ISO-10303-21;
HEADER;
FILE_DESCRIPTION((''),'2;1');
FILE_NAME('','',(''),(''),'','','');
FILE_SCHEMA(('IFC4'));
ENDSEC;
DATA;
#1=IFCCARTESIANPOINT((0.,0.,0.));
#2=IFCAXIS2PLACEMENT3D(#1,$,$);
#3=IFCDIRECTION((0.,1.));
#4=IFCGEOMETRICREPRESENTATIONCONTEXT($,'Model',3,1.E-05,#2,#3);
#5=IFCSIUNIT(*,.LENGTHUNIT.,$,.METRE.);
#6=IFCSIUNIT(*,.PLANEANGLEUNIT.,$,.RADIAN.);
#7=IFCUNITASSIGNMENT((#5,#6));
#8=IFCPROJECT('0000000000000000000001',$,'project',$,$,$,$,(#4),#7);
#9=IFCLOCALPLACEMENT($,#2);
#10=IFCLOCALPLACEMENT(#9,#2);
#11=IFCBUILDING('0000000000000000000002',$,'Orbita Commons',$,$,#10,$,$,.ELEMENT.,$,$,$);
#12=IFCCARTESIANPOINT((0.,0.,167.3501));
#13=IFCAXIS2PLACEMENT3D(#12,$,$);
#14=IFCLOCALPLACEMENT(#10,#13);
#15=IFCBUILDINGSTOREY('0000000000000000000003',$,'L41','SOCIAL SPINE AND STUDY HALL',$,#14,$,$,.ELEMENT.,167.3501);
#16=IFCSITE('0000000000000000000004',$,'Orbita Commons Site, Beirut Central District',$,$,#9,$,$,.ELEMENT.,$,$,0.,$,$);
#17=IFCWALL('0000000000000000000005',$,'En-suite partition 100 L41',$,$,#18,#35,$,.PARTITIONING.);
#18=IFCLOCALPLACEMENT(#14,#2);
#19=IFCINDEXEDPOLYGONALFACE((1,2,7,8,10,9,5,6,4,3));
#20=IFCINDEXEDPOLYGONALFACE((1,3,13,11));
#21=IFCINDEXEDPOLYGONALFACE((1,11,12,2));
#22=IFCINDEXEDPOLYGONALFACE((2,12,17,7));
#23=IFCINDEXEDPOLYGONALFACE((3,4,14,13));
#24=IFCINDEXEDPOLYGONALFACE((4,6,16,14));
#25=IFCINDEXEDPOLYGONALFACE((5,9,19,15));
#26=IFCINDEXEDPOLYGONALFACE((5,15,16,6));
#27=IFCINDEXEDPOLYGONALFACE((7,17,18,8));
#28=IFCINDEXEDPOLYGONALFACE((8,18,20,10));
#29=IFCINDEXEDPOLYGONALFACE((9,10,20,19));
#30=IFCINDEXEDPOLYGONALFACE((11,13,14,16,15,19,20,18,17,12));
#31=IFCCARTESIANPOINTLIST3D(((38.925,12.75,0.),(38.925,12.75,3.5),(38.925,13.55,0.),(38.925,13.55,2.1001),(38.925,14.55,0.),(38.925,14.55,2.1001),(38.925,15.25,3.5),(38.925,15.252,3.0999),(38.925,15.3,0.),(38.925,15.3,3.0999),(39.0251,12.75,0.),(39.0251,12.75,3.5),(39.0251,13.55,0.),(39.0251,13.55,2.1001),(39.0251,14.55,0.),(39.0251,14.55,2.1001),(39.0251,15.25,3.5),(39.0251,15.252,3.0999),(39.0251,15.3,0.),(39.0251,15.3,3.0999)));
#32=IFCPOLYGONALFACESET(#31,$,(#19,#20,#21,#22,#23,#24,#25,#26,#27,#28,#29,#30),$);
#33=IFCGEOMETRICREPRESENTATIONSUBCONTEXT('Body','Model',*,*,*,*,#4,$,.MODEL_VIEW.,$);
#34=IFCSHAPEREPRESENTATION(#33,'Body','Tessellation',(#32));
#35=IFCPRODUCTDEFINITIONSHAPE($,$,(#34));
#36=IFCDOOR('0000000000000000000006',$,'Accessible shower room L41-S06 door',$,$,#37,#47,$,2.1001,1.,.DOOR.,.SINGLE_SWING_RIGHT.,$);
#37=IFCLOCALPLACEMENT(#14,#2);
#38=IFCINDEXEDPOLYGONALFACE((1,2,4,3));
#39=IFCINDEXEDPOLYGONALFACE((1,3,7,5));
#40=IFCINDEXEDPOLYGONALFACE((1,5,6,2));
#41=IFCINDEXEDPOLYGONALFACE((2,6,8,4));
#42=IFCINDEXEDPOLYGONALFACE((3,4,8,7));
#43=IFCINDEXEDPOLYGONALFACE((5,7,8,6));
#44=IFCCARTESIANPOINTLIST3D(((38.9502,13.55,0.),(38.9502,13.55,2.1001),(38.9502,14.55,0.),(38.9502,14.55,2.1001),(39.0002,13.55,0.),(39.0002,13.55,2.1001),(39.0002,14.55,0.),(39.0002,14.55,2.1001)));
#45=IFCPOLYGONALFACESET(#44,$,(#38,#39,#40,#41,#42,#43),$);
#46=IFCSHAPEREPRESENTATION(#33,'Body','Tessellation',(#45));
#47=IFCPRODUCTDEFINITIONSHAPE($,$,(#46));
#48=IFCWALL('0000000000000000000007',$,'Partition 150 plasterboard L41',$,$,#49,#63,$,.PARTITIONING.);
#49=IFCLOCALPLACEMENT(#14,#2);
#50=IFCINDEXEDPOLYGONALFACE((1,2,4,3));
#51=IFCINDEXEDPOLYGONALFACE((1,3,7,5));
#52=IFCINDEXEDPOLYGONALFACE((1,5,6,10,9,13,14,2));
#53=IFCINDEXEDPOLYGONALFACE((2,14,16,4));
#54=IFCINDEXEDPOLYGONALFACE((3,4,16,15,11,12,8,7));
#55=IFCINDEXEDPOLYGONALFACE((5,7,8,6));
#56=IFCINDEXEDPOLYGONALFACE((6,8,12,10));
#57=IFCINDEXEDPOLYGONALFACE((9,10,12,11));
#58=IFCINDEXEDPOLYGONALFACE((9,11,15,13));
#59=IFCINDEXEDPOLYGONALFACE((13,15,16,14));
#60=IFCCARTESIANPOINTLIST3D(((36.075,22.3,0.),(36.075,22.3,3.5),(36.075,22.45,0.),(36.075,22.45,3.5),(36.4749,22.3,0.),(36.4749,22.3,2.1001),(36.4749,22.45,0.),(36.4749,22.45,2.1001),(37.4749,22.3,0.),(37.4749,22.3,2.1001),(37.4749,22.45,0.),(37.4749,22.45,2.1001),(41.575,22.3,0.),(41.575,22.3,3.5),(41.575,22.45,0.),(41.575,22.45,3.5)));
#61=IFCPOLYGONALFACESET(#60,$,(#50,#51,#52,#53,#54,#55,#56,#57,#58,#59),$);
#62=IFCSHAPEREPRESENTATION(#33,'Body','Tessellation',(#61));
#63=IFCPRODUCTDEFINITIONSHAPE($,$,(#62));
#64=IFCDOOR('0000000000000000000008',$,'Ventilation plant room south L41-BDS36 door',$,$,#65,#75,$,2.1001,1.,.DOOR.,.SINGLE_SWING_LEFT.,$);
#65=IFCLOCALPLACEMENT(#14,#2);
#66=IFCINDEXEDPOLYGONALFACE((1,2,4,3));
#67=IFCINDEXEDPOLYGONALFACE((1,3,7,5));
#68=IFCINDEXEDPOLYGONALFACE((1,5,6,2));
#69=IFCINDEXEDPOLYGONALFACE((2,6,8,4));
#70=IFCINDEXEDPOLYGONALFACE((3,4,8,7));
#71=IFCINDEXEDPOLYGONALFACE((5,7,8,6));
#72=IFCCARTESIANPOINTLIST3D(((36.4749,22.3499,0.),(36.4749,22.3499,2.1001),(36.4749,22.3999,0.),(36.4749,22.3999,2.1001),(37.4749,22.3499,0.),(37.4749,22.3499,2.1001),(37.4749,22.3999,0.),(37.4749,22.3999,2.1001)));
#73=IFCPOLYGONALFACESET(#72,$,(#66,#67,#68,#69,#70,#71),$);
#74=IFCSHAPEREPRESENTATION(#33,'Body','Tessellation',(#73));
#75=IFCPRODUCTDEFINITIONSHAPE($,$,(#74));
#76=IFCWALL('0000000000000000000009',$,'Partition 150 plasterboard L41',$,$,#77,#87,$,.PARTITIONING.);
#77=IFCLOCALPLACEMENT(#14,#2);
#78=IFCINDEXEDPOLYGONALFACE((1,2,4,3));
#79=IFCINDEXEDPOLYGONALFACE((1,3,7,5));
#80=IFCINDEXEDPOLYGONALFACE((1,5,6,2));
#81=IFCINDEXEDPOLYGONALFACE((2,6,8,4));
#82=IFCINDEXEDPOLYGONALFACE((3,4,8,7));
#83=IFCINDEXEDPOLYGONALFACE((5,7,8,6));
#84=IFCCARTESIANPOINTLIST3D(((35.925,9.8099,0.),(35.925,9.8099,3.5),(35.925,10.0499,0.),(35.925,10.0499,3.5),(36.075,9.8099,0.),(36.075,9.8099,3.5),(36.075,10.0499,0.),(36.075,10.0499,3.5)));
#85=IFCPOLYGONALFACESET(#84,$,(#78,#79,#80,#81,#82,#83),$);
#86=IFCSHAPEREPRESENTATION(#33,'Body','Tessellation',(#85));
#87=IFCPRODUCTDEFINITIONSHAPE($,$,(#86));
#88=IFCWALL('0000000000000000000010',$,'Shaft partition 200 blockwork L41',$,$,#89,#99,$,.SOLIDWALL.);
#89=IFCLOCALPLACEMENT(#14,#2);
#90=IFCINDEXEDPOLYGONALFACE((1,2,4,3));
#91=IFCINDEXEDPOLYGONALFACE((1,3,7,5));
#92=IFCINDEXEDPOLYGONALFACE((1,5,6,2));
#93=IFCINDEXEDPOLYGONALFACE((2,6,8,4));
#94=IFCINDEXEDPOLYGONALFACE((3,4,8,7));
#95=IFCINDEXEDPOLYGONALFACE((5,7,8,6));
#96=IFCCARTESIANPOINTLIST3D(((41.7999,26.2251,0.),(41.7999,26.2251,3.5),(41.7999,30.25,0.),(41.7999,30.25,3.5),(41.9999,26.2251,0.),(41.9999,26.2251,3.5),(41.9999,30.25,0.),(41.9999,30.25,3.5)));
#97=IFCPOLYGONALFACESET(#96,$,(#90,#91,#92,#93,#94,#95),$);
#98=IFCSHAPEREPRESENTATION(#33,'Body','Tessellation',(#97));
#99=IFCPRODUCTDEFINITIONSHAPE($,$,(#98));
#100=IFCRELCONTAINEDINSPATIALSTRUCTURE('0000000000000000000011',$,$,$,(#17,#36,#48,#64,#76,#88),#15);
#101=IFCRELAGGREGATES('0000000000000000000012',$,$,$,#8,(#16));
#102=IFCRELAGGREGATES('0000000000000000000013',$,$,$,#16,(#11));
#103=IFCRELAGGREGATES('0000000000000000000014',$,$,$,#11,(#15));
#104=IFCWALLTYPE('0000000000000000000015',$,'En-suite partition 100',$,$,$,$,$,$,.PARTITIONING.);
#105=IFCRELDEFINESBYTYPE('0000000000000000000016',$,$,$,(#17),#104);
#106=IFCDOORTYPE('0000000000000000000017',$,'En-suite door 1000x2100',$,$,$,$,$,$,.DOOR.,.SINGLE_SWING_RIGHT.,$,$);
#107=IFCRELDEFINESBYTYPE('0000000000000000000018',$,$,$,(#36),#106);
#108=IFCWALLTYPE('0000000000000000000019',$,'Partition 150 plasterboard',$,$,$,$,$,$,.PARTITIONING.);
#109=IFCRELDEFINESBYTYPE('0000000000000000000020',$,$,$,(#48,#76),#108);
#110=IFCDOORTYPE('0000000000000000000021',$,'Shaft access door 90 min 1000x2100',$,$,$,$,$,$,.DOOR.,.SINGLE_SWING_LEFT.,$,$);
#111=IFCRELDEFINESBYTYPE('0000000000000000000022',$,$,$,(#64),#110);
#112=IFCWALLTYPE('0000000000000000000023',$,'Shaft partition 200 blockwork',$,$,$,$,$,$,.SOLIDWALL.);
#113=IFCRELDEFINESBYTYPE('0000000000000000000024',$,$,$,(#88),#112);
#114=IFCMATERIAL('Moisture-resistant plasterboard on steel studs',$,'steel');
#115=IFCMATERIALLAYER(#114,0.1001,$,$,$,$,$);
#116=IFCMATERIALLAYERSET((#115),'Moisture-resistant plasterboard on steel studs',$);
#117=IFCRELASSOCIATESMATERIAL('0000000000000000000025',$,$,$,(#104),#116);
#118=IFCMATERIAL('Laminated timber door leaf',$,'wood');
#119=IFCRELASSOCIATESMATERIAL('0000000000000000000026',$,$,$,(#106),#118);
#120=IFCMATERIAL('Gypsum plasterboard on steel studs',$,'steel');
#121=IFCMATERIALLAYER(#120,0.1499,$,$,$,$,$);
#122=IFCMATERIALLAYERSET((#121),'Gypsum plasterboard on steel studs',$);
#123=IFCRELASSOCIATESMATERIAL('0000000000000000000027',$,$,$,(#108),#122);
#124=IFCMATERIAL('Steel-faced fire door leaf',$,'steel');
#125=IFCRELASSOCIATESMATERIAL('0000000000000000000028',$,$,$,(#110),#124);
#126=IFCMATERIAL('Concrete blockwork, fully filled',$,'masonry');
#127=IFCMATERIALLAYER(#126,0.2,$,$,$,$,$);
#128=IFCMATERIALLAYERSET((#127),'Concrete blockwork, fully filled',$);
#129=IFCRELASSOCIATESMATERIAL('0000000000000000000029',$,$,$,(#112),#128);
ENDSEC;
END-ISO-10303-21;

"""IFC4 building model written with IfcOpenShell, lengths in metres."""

from ifc_helpers import new_model, si_unit, direction, frame, frame_2d, origin, place, context, subcontext, project, spatial, polyline, rectangle, outline, extrude, material, layer, layer_set, type_object, element, fill, save


model = new_model("IFC4")

# Units and contexts
model_context = context("Model", 3, precision=1e-05, world=origin(), true_north=direction((0.0, 1.0)))
body_context = subcontext(model_context, "Body", "Model", "MODEL_VIEW")
ifc_project = project(units=[si_unit("LENGTHUNIT", "METRE"), si_unit("PLANEANGLEUNIT", "RADIAN")], contexts=[model_context])

# Site, building, storey
site_placement = place(None, origin())
site = spatial("IfcSite", under=ifc_project, at=site_placement, Name="Orbita Commons Site, Beirut Central District", CompositionType="ELEMENT", RefElevation=0.0)
building_placement = place(site_placement, origin())
building = spatial("IfcBuilding", under=site, at=building_placement, Name="Orbita Commons", CompositionType="ELEMENT")
storey_placement = place(building_placement, frame((0.0, 0.0, 167.3501)))
storey = spatial("IfcBuildingStorey", under=building, at=storey_placement, Name="L41", Description="SOCIAL SPINE AND STUDY HALL", CompositionType="ELEMENT", Elevation=167.3501)

# Shared definitions
ifc_material_1 = material(Name="Moisture-resistant plasterboard on steel studs", Category="steel")
ifc_layer_1 = layer(ifc_material_1, 0.1001)
ifc_layer_set_1 = layer_set([ifc_layer_1], Name="Moisture-resistant plasterboard on steel studs")
wall_type_1 = type_object("IfcWallType", Name="En-suite partition 100", PredefinedType="PARTITIONING", material=ifc_layer_set_1)

# Walls, openings, doors
wall_1_placement = place(storey_placement, frame((38.9751, 12.75, 0.0), z_axis=(0.0, 0.0, 1.0), x_axis=(0.0, 1.0, 0.0)))
wall_1 = element("IfcWall", 1, at=wall_1_placement, inside=storey, type_object=wall_type_1, Name="En-suite partition 100 L41", PredefinedType="PARTITIONING", context=body_context, shape_type="SweptSolid", body=[
    extrude(outline(polyline([(0.0, 0.0), (2.55, 0.0), (2.55, 3.0999), (2.502, 3.0999), (2.5, 3.5), (0.0, 3.5), (0.0, 0.0)])), frame((0.0, 0.05, 0.0), z_axis=(0.0, -1.0, 0.0), x_axis=(1.0, 0.0, 0.0)), (0.0, 0.0, 1.0), 0.1001),
])
opening_1_placement = place(wall_1_placement, frame((0.8, 0.0, 0.0)))
opening_1 = element("IfcOpeningElement", 2, at=opening_1_placement, cuts=wall_1, PredefinedType="OPENING", context=body_context, shape_type="SweptSolid", body=[
    extrude(rectangle(XDim=1.0, YDim=2.1001, at=frame_2d((0.5, 1.05))), frame((0.0, 0.0601, 0.0), z_axis=(0.0, -1.0, 0.0), x_axis=(1.0, 0.0, 0.0)), (0.0, 0.0, 1.0), 0.1201),
])
ifc_material_2 = material(Name="Laminated timber door leaf", Category="wood")
door_type_1 = type_object("IfcDoorType", Name="En-suite door 1000x2100", OperationType="SINGLE_SWING_RIGHT", PredefinedType="DOOR", material=ifc_material_2)
door_1_placement = place(opening_1_placement, origin())
door_1 = element("IfcDoor", 3, at=door_1_placement, inside=storey, type_object=door_type_1, Name="Accessible shower room L41-S06 door", OperationType="SINGLE_SWING_RIGHT", OverallHeight=2.1001, OverallWidth=1.0, PredefinedType="DOOR", context=body_context, shape_type="SweptSolid", body=[
    extrude(rectangle(XDim=1.0, YDim=2.1001, at=frame_2d((0.5, 1.05))), frame((0.0, 0.0249, 0.0), z_axis=(0.0, -1.0, 0.0), x_axis=(1.0, 0.0, 0.0)), (0.0, 0.0, 1.0), 0.05),
])
fill(opening_1, door_1)
ifc_material_3 = material(Name="Gypsum plasterboard on steel studs", Category="steel")
ifc_layer_2 = layer(ifc_material_3, 0.1499)
ifc_layer_set_2 = layer_set([ifc_layer_2], Name="Gypsum plasterboard on steel studs")
wall_type_2 = type_object("IfcWallType", Name="Partition 150 plasterboard", PredefinedType="PARTITIONING", material=ifc_layer_set_2)
wall_2_placement = place(storey_placement, frame((36.075, 22.375, 0.0), z_axis=(0.0, 0.0, 1.0), x_axis=(1.0, 0.0, 0.0)))
wall_2 = element("IfcWall", 4, at=wall_2_placement, inside=storey, type_object=wall_type_2, Name="Partition 150 plasterboard L41", PredefinedType="PARTITIONING", context=body_context, shape_type="SweptSolid", body=[
    extrude(rectangle(XDim=5.5, YDim=0.1499, at=frame_2d((2.75, 0.0))), origin(), (0.0, 0.0, 1.0), 3.5),
])
opening_2_placement = place(wall_2_placement, frame((0.3999, 0.0, 0.0)))
opening_2 = element("IfcOpeningElement", 5, at=opening_2_placement, cuts=wall_2, PredefinedType="OPENING", context=body_context, shape_type="SweptSolid", body=[
    extrude(rectangle(XDim=1.0, YDim=2.1001, at=frame_2d((0.5, 1.05))), frame((0.0, 0.085, 0.0), z_axis=(0.0, -1.0, 0.0), x_axis=(1.0, 0.0, 0.0)), (0.0, 0.0, 1.0), 0.1699),
])
ifc_material_4 = material(Name="Steel-faced fire door leaf", Category="steel")
door_type_2 = type_object("IfcDoorType", Name="Shaft access door 90 min 1000x2100", OperationType="SINGLE_SWING_LEFT", PredefinedType="DOOR", material=ifc_material_4)
door_2_placement = place(opening_2_placement, origin())
door_2 = element("IfcDoor", 6, at=door_2_placement, inside=storey, type_object=door_type_2, Name="Ventilation plant room south L41-BDS36 door", OperationType="SINGLE_SWING_LEFT", OverallHeight=2.1001, OverallWidth=1.0, PredefinedType="DOOR", context=body_context, shape_type="SweptSolid", body=[
    extrude(rectangle(XDim=1.0, YDim=2.1001, at=frame_2d((0.5, 1.05))), frame((0.0, 0.0249, 0.0), z_axis=(0.0, -1.0, 0.0), x_axis=(1.0, 0.0, 0.0)), (0.0, 0.0, 1.0), 0.05),
])
fill(opening_2, door_2)

# Walls
wall_3_placement = place(storey_placement, frame((36.0, 10.05, 0.0), z_axis=(0.0, 0.0, 1.0), x_axis=(0.0, -1.0, 0.0)))
element("IfcWall", 7, at=wall_3_placement, inside=storey, type_object=wall_type_2, Name="Partition 150 plasterboard L41", PredefinedType="PARTITIONING", context=body_context, shape_type="SweptSolid", body=[
    extrude(rectangle(XDim=0.24, YDim=0.1499, at=frame_2d((0.1201, 0.0))), origin(), (0.0, 0.0, 1.0), 3.5),
])
ifc_material_5 = material(Name="Concrete blockwork, fully filled", Category="masonry")
ifc_layer_3 = layer(ifc_material_5, 0.2)
ifc_layer_set_3 = layer_set([ifc_layer_3], Name="Concrete blockwork, fully filled")
wall_type_3 = type_object("IfcWallType", Name="Shaft partition 200 blockwork", PredefinedType="SOLIDWALL", material=ifc_layer_set_3)
wall_4_placement = place(storey_placement, frame((41.8999, 26.2251, 0.0), z_axis=(0.0, 0.0, 1.0), x_axis=(0.0, 1.0, 0.0)))
element("IfcWall", 8, at=wall_4_placement, inside=storey, type_object=wall_type_3, Name="Shaft partition 200 blockwork L41", PredefinedType="SOLIDWALL", context=body_context, shape_type="SweptSolid", body=[
    extrude(rectangle(XDim=4.0249, YDim=0.2, at=frame_2d((2.0125, 0.0))), origin(), (0.0, 0.0, 1.0), 3.5),
])

save(model, "model.ifc")
